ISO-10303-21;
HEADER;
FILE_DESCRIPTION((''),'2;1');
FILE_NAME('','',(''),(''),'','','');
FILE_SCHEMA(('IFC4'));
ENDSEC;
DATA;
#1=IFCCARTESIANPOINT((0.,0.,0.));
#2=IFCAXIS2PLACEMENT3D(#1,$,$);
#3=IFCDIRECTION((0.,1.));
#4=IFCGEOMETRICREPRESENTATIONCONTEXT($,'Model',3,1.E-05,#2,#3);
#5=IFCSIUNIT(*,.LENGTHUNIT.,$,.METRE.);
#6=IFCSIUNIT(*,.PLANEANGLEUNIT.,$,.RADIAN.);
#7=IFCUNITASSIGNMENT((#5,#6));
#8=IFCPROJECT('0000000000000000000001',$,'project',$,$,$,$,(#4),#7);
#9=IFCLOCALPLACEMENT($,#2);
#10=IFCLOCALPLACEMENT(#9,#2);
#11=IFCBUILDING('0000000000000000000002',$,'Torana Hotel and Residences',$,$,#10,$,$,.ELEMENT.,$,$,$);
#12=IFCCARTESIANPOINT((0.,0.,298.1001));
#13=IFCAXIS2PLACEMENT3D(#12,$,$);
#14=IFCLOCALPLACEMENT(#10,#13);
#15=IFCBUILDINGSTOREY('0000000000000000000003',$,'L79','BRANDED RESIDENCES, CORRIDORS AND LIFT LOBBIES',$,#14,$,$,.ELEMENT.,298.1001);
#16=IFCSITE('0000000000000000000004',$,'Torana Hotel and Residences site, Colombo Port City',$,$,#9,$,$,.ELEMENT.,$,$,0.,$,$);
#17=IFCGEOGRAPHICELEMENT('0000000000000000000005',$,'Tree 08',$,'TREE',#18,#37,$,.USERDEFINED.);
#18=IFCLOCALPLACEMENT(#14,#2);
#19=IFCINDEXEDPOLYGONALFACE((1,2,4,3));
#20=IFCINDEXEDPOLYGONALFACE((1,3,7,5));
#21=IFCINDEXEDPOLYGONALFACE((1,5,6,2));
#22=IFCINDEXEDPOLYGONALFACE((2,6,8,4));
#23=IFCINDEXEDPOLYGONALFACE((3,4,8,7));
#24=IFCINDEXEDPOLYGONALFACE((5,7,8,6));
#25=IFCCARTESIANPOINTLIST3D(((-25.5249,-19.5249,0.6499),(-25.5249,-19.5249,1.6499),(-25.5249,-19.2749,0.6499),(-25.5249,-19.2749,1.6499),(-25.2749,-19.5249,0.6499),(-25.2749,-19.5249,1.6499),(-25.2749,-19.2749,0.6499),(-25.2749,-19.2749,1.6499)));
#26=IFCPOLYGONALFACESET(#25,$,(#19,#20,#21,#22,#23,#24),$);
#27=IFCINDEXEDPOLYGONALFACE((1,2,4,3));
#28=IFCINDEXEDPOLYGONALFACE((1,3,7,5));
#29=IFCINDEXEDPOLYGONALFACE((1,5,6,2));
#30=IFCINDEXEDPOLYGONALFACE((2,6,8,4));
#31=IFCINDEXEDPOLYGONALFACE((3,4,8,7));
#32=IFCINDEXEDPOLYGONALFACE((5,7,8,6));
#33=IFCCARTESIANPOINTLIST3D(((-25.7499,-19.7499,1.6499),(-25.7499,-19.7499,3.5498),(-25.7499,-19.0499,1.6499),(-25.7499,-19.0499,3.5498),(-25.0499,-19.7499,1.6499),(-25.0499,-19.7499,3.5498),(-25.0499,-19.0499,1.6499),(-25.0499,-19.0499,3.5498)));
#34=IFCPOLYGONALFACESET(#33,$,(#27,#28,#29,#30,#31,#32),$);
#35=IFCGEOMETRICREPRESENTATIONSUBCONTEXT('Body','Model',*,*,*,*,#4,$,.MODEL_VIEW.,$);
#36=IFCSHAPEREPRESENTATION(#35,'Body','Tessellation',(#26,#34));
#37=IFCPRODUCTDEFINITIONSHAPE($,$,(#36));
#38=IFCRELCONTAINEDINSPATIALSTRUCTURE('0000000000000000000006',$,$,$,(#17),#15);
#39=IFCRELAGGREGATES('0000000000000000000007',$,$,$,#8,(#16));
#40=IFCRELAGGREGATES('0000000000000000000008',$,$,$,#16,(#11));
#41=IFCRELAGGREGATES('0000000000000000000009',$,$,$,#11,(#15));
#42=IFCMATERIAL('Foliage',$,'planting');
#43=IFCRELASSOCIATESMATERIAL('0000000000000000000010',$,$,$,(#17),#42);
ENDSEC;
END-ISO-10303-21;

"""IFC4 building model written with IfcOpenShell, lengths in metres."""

from ifc_helpers import new_model, si_unit, direction, frame, origin, origin_2d, place, context, subcontext, project, spatial, rectangle, extrude, material, element, save


model = new_model("IFC4")

# Units and contexts
model_context = context("Model", 3, precision=1e-05, world=origin(), true_north=direction((0.0, 1.0)))
body_context = subcontext(model_context, "Body", "Model", "MODEL_VIEW")
ifc_project = project(units=[si_unit("LENGTHUNIT", "METRE"), si_unit("PLANEANGLEUNIT", "RADIAN")], contexts=[model_context])

# Site, building, storey
site_placement = place(None, origin())
site = spatial("IfcSite", under=ifc_project, at=site_placement, Name="Torana Hotel and Residences site, Colombo Port City", CompositionType="ELEMENT", RefElevation=0.0)
building_placement = place(site_placement, origin())
building = spatial("IfcBuilding", under=site, at=building_placement, Name="Torana Hotel and Residences", CompositionType="ELEMENT")
storey_placement = place(building_placement, frame((0.0, 0.0, 298.1001)))
storey = spatial("IfcBuildingStorey", under=building, at=storey_placement, Name="L79", Description="BRANDED RESIDENCES, CORRIDORS AND LIFT LOBBIES", CompositionType="ELEMENT", Elevation=298.1001)

# Geographic element
ifc_material_1 = material(Name="Foliage", Category="planting")
geographic_element_placement = place(storey_placement, frame((-25.3999, -19.3999, 0.6499), z_axis=(0.0, 0.0, 1.0), x_axis=(1.0, 0.0, 0.0)))
element("IfcGeographicElement", 1, at=geographic_element_placement, inside=storey, material=ifc_material_1, Name="Tree 08", ObjectType="TREE", PredefinedType="USERDEFINED", context=body_context, shape_type="SweptSolid", body=[
    extrude(rectangle(XDim=0.25, YDim=0.25, at=origin_2d()), origin(), (0.0, 0.0, 1.0), 1.0),
    extrude(rectangle(XDim=0.7, YDim=0.7, at=origin_2d()), frame((0.0, 0.0, 1.0)), (0.0, 0.0, 1.0), 1.8999),
])

save(model, "model.ifc")
